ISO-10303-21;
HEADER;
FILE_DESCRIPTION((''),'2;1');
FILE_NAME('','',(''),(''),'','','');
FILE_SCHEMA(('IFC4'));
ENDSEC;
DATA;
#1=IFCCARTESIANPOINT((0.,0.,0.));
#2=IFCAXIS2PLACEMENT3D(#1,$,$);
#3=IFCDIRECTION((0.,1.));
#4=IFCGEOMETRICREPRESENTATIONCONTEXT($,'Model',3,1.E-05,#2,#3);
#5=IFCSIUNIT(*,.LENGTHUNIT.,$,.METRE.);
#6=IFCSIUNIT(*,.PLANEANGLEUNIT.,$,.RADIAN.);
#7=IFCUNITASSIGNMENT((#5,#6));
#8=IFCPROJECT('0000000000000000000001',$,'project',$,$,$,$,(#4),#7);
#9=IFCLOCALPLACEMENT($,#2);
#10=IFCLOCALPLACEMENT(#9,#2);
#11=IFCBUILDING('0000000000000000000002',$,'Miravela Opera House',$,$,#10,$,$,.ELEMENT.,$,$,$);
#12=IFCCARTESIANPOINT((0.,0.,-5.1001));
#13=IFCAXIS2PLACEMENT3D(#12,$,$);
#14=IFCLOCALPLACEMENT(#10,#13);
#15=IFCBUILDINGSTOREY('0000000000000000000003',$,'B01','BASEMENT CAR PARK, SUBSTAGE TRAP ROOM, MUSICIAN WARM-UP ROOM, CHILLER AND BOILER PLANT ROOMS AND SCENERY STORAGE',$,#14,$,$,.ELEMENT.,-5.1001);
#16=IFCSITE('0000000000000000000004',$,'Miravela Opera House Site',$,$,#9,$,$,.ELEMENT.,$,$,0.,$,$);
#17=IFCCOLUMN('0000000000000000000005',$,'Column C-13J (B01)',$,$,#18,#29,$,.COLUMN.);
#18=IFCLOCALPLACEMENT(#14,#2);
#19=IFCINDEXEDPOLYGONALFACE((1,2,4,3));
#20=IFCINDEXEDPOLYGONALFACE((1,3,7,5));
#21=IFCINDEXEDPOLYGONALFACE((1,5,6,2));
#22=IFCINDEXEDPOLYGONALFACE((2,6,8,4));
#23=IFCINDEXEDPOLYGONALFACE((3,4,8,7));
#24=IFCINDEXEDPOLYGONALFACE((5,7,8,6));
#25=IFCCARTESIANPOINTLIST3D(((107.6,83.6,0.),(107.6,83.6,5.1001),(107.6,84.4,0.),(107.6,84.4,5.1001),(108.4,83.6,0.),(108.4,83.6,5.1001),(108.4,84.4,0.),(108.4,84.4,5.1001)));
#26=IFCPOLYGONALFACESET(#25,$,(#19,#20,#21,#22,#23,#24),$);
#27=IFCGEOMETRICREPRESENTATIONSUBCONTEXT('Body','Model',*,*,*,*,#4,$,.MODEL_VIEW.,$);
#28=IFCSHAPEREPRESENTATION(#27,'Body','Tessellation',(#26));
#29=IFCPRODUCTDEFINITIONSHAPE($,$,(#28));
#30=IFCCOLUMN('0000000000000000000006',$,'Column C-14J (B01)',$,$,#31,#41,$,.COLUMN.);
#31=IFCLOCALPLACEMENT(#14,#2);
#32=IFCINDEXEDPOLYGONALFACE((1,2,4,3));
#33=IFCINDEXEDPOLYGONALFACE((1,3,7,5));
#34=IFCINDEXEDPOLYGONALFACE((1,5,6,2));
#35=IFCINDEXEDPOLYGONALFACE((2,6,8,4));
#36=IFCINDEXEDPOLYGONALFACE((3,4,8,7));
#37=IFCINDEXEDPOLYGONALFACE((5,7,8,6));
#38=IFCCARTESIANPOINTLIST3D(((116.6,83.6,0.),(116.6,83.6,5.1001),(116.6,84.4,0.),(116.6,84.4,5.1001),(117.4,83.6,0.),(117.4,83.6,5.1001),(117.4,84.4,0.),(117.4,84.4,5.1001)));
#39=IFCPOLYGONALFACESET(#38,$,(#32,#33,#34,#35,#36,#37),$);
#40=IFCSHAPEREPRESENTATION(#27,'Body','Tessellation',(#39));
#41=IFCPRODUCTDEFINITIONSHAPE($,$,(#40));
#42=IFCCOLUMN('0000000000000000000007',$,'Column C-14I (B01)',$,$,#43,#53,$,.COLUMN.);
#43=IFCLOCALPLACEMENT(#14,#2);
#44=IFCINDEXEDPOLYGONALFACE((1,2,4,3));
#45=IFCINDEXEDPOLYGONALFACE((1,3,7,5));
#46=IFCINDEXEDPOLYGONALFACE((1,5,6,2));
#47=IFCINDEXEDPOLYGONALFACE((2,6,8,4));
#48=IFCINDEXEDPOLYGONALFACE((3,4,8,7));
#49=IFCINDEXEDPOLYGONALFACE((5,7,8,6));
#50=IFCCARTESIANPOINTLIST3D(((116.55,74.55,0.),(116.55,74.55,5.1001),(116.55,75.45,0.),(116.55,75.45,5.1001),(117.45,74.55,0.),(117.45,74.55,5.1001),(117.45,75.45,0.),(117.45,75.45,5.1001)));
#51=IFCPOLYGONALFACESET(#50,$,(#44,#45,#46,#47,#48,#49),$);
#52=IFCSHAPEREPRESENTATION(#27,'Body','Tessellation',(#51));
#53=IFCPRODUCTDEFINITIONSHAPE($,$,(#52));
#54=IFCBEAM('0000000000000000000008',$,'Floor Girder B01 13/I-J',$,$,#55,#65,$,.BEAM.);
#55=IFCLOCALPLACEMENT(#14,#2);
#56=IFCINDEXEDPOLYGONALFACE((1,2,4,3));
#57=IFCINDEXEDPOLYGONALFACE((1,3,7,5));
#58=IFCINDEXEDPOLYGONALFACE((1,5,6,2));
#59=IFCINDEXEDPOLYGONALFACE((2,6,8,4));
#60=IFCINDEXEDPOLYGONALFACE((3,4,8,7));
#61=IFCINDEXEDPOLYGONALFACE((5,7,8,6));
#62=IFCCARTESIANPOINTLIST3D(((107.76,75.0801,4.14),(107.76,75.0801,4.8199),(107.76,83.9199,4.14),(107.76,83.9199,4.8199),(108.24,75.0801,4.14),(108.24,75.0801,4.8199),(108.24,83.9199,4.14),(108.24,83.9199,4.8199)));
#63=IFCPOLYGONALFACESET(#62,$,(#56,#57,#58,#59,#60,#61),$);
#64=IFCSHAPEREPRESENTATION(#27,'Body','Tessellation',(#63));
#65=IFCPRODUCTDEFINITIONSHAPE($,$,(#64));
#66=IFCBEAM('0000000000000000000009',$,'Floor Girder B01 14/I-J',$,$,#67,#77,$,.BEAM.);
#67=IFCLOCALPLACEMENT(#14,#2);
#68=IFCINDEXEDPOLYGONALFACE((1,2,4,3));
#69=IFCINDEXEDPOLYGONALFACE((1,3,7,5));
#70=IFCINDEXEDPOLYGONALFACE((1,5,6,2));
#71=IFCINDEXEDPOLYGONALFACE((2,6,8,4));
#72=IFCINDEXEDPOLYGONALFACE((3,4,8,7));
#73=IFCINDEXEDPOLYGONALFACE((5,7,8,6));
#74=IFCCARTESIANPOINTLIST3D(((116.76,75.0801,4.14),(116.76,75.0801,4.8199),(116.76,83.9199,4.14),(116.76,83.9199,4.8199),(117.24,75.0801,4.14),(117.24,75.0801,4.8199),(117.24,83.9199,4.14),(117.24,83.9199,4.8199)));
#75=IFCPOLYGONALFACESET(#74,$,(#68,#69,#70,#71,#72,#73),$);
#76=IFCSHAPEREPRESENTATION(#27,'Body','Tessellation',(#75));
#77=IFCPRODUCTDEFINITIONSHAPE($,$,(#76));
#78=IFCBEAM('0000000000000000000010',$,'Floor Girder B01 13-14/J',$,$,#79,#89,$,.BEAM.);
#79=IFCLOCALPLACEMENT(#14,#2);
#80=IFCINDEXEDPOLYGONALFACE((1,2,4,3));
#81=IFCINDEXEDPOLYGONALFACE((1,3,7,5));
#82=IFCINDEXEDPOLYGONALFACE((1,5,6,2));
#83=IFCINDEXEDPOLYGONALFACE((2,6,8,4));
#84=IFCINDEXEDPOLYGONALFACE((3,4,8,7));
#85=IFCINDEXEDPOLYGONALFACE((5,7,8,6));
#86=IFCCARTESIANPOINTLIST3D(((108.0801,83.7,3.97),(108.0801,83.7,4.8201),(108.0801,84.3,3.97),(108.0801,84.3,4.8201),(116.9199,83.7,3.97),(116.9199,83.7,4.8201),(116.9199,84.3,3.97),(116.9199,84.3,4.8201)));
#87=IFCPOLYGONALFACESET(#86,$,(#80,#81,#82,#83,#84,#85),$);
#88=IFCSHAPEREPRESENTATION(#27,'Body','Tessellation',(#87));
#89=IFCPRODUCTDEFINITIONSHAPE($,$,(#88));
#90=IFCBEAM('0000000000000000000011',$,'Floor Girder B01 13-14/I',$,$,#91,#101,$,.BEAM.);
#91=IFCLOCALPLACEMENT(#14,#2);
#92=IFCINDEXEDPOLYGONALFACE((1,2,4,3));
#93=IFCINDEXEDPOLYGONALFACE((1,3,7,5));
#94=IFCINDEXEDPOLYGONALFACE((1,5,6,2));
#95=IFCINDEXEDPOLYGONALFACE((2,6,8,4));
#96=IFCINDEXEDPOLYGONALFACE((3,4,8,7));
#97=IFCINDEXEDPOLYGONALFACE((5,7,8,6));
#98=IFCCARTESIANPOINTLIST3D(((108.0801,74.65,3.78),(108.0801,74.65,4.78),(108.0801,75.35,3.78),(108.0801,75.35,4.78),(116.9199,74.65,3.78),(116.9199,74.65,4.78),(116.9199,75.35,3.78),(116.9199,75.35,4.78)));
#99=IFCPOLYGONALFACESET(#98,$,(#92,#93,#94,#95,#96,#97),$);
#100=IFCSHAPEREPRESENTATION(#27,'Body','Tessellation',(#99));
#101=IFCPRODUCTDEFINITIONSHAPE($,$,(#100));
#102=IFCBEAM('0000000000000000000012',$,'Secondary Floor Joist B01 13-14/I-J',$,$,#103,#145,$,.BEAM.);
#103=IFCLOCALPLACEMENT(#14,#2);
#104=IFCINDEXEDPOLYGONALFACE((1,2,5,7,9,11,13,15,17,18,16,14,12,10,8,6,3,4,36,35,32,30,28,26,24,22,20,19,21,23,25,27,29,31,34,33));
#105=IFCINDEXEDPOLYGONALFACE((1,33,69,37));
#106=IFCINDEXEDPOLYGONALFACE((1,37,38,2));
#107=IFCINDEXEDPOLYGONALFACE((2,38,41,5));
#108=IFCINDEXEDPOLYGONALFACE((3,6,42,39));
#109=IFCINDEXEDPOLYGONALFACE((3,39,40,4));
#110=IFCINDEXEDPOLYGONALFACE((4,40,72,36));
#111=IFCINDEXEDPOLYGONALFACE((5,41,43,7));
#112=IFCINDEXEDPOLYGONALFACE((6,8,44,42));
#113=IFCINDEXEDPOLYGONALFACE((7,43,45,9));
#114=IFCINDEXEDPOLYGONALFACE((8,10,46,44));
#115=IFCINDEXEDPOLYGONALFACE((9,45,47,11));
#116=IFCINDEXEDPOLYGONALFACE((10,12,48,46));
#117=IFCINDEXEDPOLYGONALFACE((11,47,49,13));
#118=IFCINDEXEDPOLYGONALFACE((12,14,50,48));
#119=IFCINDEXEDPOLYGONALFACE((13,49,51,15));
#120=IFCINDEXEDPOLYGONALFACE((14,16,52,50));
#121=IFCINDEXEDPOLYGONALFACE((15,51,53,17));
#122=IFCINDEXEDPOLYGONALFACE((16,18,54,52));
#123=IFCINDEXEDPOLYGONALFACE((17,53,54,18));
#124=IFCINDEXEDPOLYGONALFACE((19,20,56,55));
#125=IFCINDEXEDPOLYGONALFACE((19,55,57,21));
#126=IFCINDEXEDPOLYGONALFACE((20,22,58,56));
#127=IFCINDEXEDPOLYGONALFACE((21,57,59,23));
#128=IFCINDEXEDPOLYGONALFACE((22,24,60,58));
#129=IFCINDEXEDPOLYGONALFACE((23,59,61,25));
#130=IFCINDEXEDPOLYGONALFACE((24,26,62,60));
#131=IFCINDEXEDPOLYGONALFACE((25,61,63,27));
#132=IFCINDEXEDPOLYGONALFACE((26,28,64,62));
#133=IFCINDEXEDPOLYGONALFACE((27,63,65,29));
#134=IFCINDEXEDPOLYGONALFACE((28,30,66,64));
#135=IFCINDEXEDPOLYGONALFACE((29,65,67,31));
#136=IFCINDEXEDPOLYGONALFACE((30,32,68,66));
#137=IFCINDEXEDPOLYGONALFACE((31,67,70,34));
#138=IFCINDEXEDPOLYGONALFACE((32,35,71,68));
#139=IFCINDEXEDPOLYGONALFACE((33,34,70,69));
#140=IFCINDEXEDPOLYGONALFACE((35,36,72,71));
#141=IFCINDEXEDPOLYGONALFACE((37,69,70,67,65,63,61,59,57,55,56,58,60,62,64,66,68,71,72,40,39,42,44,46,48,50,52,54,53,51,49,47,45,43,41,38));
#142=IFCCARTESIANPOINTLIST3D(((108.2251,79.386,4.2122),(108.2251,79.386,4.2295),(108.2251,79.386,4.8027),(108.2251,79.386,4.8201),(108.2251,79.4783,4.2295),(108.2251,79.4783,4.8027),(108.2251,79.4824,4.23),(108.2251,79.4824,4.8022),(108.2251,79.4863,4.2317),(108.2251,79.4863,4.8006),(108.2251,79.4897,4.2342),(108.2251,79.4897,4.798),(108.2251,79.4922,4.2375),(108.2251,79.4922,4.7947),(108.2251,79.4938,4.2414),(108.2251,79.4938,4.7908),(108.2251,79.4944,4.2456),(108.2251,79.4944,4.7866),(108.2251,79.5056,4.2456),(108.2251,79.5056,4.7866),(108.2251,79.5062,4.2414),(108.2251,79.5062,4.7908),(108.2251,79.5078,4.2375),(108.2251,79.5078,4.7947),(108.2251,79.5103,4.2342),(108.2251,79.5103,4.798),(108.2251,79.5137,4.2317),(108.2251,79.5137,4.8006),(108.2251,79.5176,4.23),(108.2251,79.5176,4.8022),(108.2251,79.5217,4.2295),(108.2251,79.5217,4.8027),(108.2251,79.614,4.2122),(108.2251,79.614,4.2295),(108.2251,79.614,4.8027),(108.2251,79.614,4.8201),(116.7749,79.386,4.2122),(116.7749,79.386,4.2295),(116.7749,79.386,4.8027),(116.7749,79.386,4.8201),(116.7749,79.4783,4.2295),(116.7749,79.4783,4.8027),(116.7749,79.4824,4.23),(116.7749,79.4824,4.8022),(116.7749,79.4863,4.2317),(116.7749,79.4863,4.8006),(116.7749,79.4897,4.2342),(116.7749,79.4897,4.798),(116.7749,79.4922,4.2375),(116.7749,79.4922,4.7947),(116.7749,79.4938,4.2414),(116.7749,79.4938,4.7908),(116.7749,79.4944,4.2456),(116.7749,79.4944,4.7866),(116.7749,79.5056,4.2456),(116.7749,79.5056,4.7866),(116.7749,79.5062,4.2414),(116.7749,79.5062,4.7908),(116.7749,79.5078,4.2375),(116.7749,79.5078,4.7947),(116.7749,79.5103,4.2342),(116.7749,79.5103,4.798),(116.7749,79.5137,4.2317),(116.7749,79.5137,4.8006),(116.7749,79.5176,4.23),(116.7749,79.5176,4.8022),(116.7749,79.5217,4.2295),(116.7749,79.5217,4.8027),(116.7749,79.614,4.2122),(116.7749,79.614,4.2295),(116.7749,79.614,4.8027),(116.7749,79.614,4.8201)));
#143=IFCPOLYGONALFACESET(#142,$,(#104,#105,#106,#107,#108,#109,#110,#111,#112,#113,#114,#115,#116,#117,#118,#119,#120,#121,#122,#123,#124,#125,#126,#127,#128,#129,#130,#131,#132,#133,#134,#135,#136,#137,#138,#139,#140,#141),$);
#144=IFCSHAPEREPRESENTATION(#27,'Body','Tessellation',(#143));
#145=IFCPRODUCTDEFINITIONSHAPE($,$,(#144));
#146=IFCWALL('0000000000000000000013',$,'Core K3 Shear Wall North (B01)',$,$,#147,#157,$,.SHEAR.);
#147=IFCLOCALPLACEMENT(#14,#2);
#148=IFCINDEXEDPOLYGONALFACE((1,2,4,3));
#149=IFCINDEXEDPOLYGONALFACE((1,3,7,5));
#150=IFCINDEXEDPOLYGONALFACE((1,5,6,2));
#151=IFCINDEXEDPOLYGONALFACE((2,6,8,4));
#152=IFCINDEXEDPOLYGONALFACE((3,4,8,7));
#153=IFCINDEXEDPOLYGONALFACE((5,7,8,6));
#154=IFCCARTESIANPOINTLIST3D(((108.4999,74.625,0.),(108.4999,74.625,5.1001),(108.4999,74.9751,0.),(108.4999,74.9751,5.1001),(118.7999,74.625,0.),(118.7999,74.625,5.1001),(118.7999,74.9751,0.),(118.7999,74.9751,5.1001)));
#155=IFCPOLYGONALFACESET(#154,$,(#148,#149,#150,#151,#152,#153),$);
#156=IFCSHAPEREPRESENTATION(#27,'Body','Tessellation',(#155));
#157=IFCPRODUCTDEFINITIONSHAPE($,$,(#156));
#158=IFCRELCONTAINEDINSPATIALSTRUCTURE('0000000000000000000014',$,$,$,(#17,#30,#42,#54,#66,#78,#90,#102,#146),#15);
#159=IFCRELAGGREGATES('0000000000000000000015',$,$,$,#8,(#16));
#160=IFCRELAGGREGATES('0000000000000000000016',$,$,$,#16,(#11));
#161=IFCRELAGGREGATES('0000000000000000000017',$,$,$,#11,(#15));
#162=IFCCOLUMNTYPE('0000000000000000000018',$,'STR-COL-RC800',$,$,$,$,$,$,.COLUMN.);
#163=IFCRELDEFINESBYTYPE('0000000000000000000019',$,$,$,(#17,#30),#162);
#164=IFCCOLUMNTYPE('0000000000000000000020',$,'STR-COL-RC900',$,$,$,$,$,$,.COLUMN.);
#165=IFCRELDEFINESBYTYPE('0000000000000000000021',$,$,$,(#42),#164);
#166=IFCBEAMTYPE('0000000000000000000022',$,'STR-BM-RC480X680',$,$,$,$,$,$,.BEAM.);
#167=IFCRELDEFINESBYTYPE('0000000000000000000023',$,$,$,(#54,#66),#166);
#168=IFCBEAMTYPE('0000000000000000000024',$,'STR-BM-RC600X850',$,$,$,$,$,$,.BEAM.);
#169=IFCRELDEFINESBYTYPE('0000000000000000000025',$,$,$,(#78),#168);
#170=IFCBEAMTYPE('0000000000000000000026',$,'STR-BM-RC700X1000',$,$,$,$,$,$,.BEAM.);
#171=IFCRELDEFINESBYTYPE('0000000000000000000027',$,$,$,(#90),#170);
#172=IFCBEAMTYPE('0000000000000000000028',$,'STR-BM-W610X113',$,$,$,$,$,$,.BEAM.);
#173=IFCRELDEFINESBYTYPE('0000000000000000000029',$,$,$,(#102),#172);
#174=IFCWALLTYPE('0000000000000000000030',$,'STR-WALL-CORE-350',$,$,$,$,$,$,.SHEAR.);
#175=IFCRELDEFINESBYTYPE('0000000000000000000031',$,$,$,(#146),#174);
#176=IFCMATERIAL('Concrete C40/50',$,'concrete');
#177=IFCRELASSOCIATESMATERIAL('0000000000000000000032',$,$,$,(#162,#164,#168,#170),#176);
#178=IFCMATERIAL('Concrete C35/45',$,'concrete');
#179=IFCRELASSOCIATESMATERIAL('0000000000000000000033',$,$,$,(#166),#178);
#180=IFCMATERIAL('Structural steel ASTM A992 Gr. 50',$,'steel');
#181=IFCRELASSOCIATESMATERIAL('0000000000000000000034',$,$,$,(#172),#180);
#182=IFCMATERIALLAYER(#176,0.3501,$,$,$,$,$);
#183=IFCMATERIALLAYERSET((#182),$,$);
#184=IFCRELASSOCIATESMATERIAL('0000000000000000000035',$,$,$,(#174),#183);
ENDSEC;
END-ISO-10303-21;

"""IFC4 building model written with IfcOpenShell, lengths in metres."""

from ifc_helpers import new_model, si_unit, direction, frame, frame_2d, origin, origin_2d, place, context, subcontext, project, spatial, rectangle, i_section, extrude, material, layer, layer_set, material_profile, profile_set, type_object, element, save


model = new_model("IFC4")

# Units and contexts
model_context = context("Model", 3, precision=1e-05, world=origin(), true_north=direction((0.0, 1.0)))
body_context = subcontext(model_context, "Body", "Model", "MODEL_VIEW")
ifc_project = project(units=[si_unit("LENGTHUNIT", "METRE"), si_unit("PLANEANGLEUNIT", "RADIAN")], contexts=[model_context])

# Site, building, storey
site_placement = place(None, origin())
site = spatial("IfcSite", under=ifc_project, at=site_placement, Name="Miravela Opera House Site", CompositionType="ELEMENT", RefElevation=0.0)
building_placement = place(site_placement, origin())
building = spatial("IfcBuilding", under=site, at=building_placement, Name="Miravela Opera House", CompositionType="ELEMENT")
storey_placement = place(building_placement, frame((0.0, 0.0, -5.1001)))
storey = spatial("IfcBuildingStorey", under=building, at=storey_placement, Name="B01", Description="BASEMENT CAR PARK, SUBSTAGE TRAP ROOM, MUSICIAN WARM-UP ROOM, CHILLER AND BOILER PLANT ROOMS AND SCENERY STORAGE", CompositionType="ELEMENT", Elevation=-5.1001)

# Shared definitions
ifc_material_1 = material(Name="Concrete C35/45", Category="concrete")

# Columns
ifc_material_2 = material(Name="Concrete C40/50", Category="concrete")
ifc_material_profile_1 = material_profile(ifc_material_2, rectangle(XDim=0.8, YDim=0.8, at=origin_2d()), Name="RC-COL-800X800")
ifc_profile_set_1 = profile_set([ifc_material_profile_1])
column_type_1 = type_object("IfcColumnType", Name="STR-COL-RC800", PredefinedType="COLUMN", material=ifc_profile_set_1)
for number, where, z_axis, x_axis, name in (
    (1, (108.0, 84.0, 0.0), (0.0, 0.0, 1.0), (1.0, 0.0, 0.0), "Column C-13J (B01)"),
    (2, (117.0, 84.0, 0.0), (0.0, 0.0, 1.0), (1.0, 0.0, 0.0), "Column C-14J (B01)"),
):
    element("IfcColumn", number, at=place(storey_placement, frame(where, z_axis=z_axis, x_axis=x_axis)), inside=storey, type_object=column_type_1, Name=name, PredefinedType="COLUMN", context=body_context, shape_type="SweptSolid", body=[
        extrude(rectangle(XDim=0.8, YDim=0.8, at=origin_2d()), origin(), (0.0, 0.0, 1.0), 5.1001),
    ])
ifc_material_profile_2 = material_profile(ifc_material_2, rectangle(XDim=0.8999, YDim=0.8999, at=origin_2d()), Name="RC-COL-900X900")
ifc_profile_set_2 = profile_set([ifc_material_profile_2])
column_type_2 = type_object("IfcColumnType", Name="STR-COL-RC900", PredefinedType="COLUMN", material=ifc_profile_set_2)
column_placement = place(storey_placement, frame((117.0, 75.0, 0.0), z_axis=(0.0, 0.0, 1.0), x_axis=(1.0, 0.0, 0.0)))
element("IfcColumn", 3, at=column_placement, inside=storey, type_object=column_type_2, Name="Column C-14I (B01)", PredefinedType="COLUMN", context=body_context, shape_type="SweptSolid", body=[
    extrude(rectangle(XDim=0.8999, YDim=0.8999, at=origin_2d()), origin(), (0.0, 0.0, 1.0), 5.1001),
])

# Beams
ifc_material_profile_3 = material_profile(ifc_material_1, rectangle(XDim=0.48, YDim=0.6799, at=origin_2d()), Name="RC-BM-480X680")
ifc_profile_set_3 = profile_set([ifc_material_profile_3])
beam_type_1 = type_object("IfcBeamType", Name="STR-BM-RC480X680", PredefinedType="BEAM", material=ifc_profile_set_3)
for number, where, z_axis, x_axis, name in (
    (4, (108.0, 75.0801, 4.48), (0.0, 1.0, 0.0), (-1.0, 0.0, 0.0), "Floor Girder B01 13/I-J"),
    (5, (117.0, 75.0801, 4.48), (0.0, 1.0, 0.0), (-1.0, 0.0, 0.0), "Floor Girder B01 14/I-J"),
):
    element("IfcBeam", number, at=place(storey_placement, frame(where, z_axis=z_axis, x_axis=x_axis)), inside=storey, type_object=beam_type_1, Name=name, PredefinedType="BEAM", context=body_context, shape_type="SweptSolid", body=[
        extrude(rectangle(XDim=0.48, YDim=0.6799, at=origin_2d()), origin(), (0.0, 0.0, 1.0), 8.8398),
    ])
ifc_material_profile_4 = material_profile(ifc_material_2, rectangle(XDim=0.6001, YDim=0.8501, at=origin_2d()), Name="RC-BM-600X850")
ifc_profile_set_4 = profile_set([ifc_material_profile_4])
beam_type_2 = type_object("IfcBeamType", Name="STR-BM-RC600X850", PredefinedType="BEAM", material=ifc_profile_set_4)
beam_1_placement = place(storey_placement, frame((108.0801, 84.0, 4.395), z_axis=(1.0, 0.0, 0.0), x_axis=(0.0, 1.0, 0.0)))
element("IfcBeam", 6, at=beam_1_placement, inside=storey, type_object=beam_type_2, Name="Floor Girder B01 13-14/J", PredefinedType="BEAM", context=body_context, shape_type="SweptSolid", body=[
    extrude(rectangle(XDim=0.6001, YDim=0.8501, at=origin_2d()), origin(), (0.0, 0.0, 1.0), 8.8398),
])
ifc_material_profile_5 = material_profile(ifc_material_2, rectangle(XDim=0.7, YDim=1.0, at=origin_2d()), Name="RC-BM-700X1000")
ifc_profile_set_5 = profile_set([ifc_material_profile_5])
beam_type_3 = type_object("IfcBeamType", Name="STR-BM-RC700X1000", PredefinedType="BEAM", material=ifc_profile_set_5)
beam_2_placement = place(storey_placement, frame((108.0801, 75.0, 4.28), z_axis=(1.0, 0.0, 0.0), x_axis=(0.0, 1.0, 0.0)))
element("IfcBeam", 7, at=beam_2_placement, inside=storey, type_object=beam_type_3, Name="Floor Girder B01 13-14/I", PredefinedType="BEAM", context=body_context, shape_type="SweptSolid", body=[
    extrude(rectangle(XDim=0.7, YDim=1.0, at=origin_2d()), origin(), (0.0, 0.0, 1.0), 8.8398),
])
ifc_material_3 = material(Name="Structural steel ASTM A992 Gr. 50", Category="steel")
ifc_material_profile_6 = material_profile(ifc_material_3, i_section(OverallWidth=0.228, OverallDepth=0.6079, WebThickness=0.0112, FlangeThickness=0.0173, FilletRadius=0.0161, at=origin_2d()), Name="W610X113")
ifc_profile_set_6 = profile_set([ifc_material_profile_6])
beam_type_4 = type_object("IfcBeamType", Name="STR-BM-W610X113", PredefinedType="BEAM", material=ifc_profile_set_6)
beam_3_placement = place(storey_placement, frame((108.2251, 79.5, 4.5161), z_axis=(1.0, 0.0, 0.0), x_axis=(0.0, 1.0, 0.0)))
element("IfcBeam", 8, at=beam_3_placement, inside=storey, type_object=beam_type_4, Name="Secondary Floor Joist B01 13-14/I-J", PredefinedType="BEAM", context=body_context, shape_type="SweptSolid", body=[
    extrude(i_section(OverallWidth=0.228, OverallDepth=0.6079, WebThickness=0.0112, FlangeThickness=0.0173, FilletRadius=0.0161, at=origin_2d()), origin(), (0.0, 0.0, 1.0), 8.5498),
])

# Wall
ifc_layer = layer(ifc_material_2, 0.3501)
ifc_layer_set = layer_set([ifc_layer])
wall_type = type_object("IfcWallType", Name="STR-WALL-CORE-350", PredefinedType="SHEAR", material=ifc_layer_set)
wall_placement = place(storey_placement, frame((108.5, 74.8, 0.0), z_axis=(0.0, 0.0, 1.0), x_axis=(1.0, 0.0, 0.0)))
element("IfcWall", 9, at=wall_placement, inside=storey, type_object=wall_type, Name="Core K3 Shear Wall North (B01)", PredefinedType="SHEAR", context=body_context, shape_type="SweptSolid", body=[
    extrude(rectangle(XDim=10.3, YDim=0.3501, at=frame_2d((5.1499, 0.0))), origin(), (0.0, 0.0, 1.0), 5.1001),
])

save(model, "model.ifc")
